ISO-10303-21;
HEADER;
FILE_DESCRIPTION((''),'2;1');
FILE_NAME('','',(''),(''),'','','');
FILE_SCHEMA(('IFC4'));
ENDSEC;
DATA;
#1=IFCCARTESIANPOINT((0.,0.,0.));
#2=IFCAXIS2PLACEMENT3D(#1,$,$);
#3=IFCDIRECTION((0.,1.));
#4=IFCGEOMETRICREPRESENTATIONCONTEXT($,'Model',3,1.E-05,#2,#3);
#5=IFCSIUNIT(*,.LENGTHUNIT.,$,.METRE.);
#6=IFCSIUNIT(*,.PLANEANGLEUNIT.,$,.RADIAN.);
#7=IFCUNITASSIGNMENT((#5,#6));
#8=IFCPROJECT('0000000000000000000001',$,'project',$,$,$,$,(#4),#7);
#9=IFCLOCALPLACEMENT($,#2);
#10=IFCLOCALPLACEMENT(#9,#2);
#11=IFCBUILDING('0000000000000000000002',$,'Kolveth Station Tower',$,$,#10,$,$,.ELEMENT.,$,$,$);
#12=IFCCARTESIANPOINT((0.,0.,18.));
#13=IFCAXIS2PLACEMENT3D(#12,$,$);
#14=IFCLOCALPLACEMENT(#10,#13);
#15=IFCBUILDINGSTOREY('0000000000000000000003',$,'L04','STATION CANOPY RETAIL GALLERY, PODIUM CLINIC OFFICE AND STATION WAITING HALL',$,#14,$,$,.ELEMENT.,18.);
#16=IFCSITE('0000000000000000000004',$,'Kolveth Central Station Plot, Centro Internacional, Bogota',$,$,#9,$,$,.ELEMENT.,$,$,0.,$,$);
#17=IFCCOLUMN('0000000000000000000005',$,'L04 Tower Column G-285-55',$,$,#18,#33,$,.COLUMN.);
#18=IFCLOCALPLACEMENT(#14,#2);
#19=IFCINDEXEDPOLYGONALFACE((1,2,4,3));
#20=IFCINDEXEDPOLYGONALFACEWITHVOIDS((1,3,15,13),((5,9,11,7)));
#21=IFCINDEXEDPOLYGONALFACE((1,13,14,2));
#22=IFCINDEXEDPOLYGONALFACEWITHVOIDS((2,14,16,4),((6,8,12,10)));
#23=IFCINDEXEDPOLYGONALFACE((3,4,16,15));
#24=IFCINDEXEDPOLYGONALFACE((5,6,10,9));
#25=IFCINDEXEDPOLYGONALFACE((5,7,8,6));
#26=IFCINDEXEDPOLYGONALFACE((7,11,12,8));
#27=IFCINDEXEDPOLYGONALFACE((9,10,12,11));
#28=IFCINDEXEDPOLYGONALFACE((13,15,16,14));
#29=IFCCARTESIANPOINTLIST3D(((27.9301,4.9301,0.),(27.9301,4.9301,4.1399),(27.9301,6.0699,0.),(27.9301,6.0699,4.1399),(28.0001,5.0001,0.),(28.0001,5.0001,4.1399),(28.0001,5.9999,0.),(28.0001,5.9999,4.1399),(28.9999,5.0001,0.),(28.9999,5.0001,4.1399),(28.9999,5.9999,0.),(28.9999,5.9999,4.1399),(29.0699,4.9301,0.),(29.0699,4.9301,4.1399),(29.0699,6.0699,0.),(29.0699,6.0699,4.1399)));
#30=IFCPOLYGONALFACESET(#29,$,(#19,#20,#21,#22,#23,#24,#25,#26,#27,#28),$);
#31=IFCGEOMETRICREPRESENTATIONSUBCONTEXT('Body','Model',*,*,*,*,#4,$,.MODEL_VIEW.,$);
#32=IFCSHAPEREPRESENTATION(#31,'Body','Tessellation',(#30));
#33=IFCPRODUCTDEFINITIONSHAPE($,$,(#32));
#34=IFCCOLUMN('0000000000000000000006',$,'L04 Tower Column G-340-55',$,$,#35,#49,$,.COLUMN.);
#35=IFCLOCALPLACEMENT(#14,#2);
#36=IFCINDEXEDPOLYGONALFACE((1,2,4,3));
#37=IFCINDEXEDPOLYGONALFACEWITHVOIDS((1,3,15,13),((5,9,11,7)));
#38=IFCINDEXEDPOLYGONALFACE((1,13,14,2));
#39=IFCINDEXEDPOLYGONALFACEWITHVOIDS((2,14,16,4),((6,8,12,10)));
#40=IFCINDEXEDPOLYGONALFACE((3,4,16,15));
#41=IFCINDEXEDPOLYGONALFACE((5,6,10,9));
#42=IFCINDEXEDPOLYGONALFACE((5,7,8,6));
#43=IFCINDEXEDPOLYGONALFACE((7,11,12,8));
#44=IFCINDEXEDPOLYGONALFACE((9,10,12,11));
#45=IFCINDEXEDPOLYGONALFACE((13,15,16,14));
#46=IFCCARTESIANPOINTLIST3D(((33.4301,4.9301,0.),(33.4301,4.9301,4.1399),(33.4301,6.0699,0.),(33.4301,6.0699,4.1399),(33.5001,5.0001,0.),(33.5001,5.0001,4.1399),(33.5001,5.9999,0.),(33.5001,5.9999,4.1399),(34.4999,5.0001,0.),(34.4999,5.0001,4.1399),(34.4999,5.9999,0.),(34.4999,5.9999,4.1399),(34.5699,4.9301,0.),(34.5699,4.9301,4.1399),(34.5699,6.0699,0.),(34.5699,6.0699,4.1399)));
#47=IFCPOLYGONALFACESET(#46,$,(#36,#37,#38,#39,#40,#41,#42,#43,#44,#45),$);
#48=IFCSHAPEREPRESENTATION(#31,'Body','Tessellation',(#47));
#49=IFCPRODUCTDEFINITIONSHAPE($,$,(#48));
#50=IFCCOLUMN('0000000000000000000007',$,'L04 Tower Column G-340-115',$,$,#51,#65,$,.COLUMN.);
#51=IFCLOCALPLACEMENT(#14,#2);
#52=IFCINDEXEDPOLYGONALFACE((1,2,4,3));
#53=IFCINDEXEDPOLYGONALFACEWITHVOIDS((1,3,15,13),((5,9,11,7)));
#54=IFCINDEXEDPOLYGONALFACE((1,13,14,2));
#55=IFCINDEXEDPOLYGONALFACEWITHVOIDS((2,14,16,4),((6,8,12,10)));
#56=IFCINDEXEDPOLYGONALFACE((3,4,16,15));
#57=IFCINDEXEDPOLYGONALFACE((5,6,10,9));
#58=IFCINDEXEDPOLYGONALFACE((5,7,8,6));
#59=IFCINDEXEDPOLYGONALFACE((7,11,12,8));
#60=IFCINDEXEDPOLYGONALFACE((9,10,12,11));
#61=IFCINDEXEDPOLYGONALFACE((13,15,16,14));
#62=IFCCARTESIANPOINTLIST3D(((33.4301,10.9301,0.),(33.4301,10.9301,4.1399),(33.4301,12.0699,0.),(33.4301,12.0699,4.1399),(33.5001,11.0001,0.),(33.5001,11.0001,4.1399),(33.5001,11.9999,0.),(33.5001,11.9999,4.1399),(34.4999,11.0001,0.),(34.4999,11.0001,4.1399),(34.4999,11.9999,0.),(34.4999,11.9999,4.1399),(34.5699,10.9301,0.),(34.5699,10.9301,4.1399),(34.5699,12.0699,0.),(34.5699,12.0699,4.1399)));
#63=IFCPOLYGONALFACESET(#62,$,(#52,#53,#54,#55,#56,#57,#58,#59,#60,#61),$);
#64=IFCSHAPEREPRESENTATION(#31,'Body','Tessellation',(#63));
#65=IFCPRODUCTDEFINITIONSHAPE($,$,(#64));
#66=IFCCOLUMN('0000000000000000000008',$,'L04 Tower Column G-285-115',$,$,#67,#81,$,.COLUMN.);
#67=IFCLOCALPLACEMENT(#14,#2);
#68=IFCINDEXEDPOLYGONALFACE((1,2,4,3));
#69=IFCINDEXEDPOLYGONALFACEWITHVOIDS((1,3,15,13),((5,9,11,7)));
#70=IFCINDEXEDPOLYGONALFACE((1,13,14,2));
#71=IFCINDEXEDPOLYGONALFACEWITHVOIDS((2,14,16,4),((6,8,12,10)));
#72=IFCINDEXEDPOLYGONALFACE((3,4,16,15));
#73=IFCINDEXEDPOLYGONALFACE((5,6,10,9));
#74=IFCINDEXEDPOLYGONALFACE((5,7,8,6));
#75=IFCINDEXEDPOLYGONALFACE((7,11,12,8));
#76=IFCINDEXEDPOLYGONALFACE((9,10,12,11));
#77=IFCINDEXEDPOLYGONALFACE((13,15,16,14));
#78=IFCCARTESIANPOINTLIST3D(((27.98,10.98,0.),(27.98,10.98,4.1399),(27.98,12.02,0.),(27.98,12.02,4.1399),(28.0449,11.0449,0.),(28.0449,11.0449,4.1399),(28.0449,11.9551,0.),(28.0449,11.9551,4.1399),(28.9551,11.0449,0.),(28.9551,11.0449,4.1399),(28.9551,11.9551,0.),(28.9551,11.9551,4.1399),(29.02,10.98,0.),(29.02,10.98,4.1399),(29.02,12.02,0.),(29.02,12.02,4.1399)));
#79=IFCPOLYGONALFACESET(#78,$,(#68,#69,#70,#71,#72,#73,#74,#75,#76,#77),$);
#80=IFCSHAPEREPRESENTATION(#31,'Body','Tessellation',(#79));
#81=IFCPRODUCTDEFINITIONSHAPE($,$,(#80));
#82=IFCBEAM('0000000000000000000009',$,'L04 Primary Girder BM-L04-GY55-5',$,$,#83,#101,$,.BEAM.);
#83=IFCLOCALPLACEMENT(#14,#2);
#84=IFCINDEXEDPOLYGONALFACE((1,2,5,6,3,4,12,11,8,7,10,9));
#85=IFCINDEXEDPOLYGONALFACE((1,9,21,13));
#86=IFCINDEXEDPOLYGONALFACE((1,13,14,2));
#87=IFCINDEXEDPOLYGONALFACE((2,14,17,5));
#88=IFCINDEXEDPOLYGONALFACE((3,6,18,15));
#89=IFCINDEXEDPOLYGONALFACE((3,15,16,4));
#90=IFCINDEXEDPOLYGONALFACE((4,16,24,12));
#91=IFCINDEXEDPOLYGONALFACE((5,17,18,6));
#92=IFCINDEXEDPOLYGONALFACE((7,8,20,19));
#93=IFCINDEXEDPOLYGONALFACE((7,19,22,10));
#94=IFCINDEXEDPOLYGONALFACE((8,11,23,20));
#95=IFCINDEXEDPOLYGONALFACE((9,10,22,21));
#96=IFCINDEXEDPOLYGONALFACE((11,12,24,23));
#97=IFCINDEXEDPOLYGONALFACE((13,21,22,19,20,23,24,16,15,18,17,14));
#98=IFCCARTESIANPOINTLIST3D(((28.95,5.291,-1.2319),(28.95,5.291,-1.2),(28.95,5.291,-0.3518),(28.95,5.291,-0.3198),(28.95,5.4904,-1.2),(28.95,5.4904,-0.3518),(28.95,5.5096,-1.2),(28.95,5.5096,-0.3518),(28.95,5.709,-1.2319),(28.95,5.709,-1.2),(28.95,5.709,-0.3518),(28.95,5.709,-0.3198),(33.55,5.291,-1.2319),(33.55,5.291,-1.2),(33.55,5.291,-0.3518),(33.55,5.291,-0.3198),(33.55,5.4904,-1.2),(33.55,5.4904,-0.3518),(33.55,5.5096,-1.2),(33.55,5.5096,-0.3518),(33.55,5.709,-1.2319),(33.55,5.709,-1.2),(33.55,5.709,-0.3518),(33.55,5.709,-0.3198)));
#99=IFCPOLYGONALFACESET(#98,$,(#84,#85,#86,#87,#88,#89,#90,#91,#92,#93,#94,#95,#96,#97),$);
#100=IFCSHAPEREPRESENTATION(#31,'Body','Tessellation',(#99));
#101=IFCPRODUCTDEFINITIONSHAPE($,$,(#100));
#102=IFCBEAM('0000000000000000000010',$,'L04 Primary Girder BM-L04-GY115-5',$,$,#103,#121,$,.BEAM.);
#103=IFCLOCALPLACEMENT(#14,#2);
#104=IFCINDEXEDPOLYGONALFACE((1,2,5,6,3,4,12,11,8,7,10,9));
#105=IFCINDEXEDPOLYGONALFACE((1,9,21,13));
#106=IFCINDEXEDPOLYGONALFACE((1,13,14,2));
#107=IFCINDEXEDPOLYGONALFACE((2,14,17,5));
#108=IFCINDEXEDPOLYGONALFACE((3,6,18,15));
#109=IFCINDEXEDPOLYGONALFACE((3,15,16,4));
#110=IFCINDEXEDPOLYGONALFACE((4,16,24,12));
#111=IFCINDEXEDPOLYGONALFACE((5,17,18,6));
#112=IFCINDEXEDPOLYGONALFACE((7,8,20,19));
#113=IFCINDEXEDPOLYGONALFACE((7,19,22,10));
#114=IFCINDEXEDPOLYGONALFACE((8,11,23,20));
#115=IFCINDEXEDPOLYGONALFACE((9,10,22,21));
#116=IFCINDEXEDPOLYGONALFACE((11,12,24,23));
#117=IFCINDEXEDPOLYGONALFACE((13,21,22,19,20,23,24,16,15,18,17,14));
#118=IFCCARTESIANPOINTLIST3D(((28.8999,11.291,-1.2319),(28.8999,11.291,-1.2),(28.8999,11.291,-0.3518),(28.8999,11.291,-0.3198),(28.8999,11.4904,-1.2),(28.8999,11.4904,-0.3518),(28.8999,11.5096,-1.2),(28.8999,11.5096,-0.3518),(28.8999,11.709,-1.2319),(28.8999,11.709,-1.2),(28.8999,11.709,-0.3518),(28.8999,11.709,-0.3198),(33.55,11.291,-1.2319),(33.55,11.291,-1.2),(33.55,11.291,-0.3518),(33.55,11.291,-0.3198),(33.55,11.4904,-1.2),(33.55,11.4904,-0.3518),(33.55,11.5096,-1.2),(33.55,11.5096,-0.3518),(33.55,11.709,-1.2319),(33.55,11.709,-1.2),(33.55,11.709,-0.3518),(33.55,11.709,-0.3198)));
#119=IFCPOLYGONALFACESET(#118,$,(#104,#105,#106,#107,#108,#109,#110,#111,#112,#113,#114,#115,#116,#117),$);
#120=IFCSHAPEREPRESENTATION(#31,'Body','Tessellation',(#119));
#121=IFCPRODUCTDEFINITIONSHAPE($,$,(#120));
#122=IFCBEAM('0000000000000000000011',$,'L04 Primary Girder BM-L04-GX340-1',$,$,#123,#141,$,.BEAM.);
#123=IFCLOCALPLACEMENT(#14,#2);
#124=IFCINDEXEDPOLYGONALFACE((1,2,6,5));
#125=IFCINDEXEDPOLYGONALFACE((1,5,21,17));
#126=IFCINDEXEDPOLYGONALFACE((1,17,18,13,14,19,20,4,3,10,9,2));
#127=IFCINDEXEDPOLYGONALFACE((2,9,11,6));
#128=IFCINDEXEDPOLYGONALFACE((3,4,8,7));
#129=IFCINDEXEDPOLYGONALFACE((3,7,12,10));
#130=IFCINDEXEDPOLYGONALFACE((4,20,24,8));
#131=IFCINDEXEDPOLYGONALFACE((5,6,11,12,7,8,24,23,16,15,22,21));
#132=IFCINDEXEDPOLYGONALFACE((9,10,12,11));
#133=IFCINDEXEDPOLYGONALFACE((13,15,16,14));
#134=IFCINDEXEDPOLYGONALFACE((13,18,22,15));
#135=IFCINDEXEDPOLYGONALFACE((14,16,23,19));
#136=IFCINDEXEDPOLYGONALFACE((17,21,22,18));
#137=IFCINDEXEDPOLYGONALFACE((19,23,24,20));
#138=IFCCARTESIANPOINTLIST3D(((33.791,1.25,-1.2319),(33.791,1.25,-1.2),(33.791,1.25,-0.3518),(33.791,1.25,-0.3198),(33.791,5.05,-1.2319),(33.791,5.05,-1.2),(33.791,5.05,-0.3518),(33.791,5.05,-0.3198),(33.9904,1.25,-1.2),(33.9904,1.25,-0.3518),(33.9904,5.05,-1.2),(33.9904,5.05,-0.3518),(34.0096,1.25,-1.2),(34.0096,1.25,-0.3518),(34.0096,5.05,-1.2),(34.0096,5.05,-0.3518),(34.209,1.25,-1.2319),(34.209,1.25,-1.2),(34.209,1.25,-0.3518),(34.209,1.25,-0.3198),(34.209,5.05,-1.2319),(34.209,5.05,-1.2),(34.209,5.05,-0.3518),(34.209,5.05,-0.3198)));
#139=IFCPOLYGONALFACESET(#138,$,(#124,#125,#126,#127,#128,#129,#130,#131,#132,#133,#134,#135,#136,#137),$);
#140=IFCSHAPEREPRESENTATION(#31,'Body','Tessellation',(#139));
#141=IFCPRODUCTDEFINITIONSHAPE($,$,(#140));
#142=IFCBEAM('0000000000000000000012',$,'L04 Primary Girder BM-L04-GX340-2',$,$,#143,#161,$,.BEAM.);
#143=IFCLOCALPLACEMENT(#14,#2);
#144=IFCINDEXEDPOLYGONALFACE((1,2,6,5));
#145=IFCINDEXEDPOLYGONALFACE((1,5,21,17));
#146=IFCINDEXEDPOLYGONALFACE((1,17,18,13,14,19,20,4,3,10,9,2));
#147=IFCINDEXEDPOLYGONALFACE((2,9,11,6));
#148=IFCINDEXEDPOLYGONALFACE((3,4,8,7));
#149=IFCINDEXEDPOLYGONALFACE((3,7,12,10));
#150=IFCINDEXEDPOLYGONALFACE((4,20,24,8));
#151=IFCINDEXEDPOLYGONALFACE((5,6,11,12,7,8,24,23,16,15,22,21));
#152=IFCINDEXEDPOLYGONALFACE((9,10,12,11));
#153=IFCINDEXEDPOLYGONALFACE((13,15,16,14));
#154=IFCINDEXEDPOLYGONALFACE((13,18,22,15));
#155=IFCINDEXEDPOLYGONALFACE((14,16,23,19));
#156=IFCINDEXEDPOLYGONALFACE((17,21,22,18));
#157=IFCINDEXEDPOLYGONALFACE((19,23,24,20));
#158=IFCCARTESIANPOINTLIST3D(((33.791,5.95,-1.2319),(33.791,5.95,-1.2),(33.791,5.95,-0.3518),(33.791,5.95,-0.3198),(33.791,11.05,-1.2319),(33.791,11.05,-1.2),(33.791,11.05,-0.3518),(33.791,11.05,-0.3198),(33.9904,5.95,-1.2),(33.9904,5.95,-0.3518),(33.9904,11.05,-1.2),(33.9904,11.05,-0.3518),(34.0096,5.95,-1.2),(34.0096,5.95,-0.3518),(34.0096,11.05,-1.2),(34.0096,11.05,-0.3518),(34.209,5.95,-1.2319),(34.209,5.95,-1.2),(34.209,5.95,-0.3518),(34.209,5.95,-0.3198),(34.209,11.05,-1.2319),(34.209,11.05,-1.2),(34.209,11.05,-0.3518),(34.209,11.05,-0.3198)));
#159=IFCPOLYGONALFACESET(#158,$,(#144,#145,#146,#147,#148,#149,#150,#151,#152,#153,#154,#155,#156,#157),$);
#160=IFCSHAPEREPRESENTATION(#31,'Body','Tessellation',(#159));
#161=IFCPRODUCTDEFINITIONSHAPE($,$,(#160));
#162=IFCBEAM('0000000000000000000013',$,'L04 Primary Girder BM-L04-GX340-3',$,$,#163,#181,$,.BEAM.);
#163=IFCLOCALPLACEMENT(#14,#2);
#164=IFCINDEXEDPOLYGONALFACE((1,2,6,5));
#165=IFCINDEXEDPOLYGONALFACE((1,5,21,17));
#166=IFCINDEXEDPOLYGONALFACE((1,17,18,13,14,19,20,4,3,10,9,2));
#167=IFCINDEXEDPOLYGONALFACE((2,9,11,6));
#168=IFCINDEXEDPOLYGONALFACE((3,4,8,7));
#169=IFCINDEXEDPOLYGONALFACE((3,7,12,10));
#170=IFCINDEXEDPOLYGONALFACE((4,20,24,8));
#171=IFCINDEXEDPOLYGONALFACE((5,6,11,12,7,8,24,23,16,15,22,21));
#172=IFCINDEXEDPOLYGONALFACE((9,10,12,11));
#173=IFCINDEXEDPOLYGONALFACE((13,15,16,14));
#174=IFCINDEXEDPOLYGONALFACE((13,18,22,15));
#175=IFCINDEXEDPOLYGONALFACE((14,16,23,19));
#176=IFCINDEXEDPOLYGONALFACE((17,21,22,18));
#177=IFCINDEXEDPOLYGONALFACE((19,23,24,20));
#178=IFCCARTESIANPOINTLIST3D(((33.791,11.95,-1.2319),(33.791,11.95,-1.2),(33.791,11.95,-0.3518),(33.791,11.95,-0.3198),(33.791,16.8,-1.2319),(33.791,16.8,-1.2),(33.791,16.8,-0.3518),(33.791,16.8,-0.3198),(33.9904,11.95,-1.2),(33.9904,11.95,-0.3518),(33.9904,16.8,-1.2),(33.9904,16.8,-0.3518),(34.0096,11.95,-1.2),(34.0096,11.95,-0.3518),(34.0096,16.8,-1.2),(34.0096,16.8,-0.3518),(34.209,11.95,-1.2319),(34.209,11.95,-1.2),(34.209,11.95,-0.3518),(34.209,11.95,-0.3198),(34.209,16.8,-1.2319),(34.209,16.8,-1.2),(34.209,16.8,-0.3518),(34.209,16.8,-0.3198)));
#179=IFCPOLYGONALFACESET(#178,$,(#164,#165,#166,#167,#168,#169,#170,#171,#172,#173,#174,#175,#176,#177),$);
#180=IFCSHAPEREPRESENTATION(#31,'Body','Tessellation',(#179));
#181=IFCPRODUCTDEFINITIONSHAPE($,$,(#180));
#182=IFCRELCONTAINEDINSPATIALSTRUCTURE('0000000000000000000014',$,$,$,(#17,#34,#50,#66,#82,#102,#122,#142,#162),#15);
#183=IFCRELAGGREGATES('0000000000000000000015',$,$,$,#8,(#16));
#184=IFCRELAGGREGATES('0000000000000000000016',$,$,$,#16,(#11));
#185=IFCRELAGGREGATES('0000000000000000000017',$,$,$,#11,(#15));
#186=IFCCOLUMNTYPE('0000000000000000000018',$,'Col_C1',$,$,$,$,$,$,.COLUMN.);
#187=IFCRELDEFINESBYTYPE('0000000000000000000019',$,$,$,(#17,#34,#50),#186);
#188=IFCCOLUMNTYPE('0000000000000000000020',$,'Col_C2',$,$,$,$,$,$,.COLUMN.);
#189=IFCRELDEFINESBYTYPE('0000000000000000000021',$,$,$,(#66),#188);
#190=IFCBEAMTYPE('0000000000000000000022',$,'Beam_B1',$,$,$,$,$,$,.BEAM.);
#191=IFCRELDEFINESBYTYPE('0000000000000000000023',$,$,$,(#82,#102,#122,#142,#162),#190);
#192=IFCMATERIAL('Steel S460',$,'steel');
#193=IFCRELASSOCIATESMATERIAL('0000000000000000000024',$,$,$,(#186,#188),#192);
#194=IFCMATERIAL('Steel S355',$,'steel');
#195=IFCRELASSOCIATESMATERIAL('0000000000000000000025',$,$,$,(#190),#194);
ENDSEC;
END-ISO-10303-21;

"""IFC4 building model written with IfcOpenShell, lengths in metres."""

from ifc_helpers import new_model, si_unit, direction, frame, origin, origin_2d, place, context, subcontext, project, spatial, hollow_rectangle, i_section, extrude, source, transform, mapped, material, material_profile, profile_set, type_object, element, save


model = new_model("IFC4")

# Units and contexts
model_context = context("Model", 3, precision=1e-05, world=origin(), true_north=direction((0.0, 1.0)))
body_context = subcontext(model_context, "Body", "Model", "MODEL_VIEW")
ifc_project = project(units=[si_unit("LENGTHUNIT", "METRE"), si_unit("PLANEANGLEUNIT", "RADIAN")], contexts=[model_context])

# Site, building, storey
site_placement = place(None, origin())
site = spatial("IfcSite", under=ifc_project, at=site_placement, Name="Kolveth Central Station Plot, Centro Internacional, Bogota", CompositionType="ELEMENT", RefElevation=0.0)
building_placement = place(site_placement, origin())
building = spatial("IfcBuilding", under=site, at=building_placement, Name="Kolveth Station Tower", CompositionType="ELEMENT")
storey_placement = place(building_placement, frame((0.0, 0.0, 18.0)))
storey = spatial("IfcBuildingStorey", under=building, at=storey_placement, Name="L04", Description="STATION CANOPY RETAIL GALLERY, PODIUM CLINIC OFFICE AND STATION WAITING HALL", CompositionType="ELEMENT", Elevation=18.0)

# Columns
ifc_material_1 = material(Name="Steel S460", Category="steel")
ifc_material_profile_1 = material_profile(ifc_material_1, hollow_rectangle(XDim=1.1399, YDim=1.1399, WallThickness=0.0701, at=origin_2d()), Name="BOX1140x1140x70")
ifc_profile_set_1 = profile_set([ifc_material_profile_1], Name="Steel S460")
column_type_1 = type_object("IfcColumnType", Name="Col_C1", PredefinedType="COLUMN", material=ifc_profile_set_1)
shared_shape_1 = source(origin(), body_context, "Body", "SweptSolid", [
    extrude(hollow_rectangle(XDim=1.1399, YDim=1.1399, WallThickness=0.0701, at=origin_2d()), origin(), (0.0, 0.0, 1.0), 4.1399),
])
for number, where, z_axis, x_axis, name in (
    (1, (28.5, 5.5, 0.0), (0.0, 0.0, 1.0), (1.0, 0.0, 0.0), "L04 Tower Column G-285-55"),
    (2, (34.0, 5.5, 0.0), (0.0, 0.0, 1.0), (1.0, 0.0, 0.0), "L04 Tower Column G-340-55"),
    (3, (34.0, 11.5, 0.0), (0.0, 0.0, 1.0), (1.0, 0.0, 0.0), "L04 Tower Column G-340-115"),
):
    element("IfcColumn", number, at=place(storey_placement, frame(where, z_axis=z_axis, x_axis=x_axis)), inside=storey, type_object=column_type_1, Name=name, PredefinedType="COLUMN", context=body_context, shape_type="MappedRepresentation", body=[
        mapped(shared_shape_1, transform((0.0, 0.0, 0.0), x_axis=(1.0, 0.0, 0.0), y_axis=(0.0, 1.0, 0.0), z_axis=(0.0, 0.0, 1.0), scale=1.0)),
    ])
ifc_material_profile_2 = material_profile(ifc_material_1, hollow_rectangle(XDim=1.04, YDim=1.04, WallThickness=0.0649, at=origin_2d()), Name="BOX1040x1040x65")
ifc_profile_set_2 = profile_set([ifc_material_profile_2], Name="Steel S460")
column_type_2 = type_object("IfcColumnType", Name="Col_C2", PredefinedType="COLUMN", material=ifc_profile_set_2)
shared_shape_2 = source(origin(), body_context, "Body", "SweptSolid", [
    extrude(hollow_rectangle(XDim=1.04, YDim=1.04, WallThickness=0.0649, at=origin_2d()), origin(), (0.0, 0.0, 1.0), 4.1399),
])
column_placement = place(storey_placement, frame((28.5, 11.5, 0.0), z_axis=(0.0, 0.0, 1.0), x_axis=(1.0, 0.0, 0.0)))
element("IfcColumn", 4, at=column_placement, inside=storey, type_object=column_type_2, Name="L04 Tower Column G-285-115", PredefinedType="COLUMN", context=body_context, shape_type="MappedRepresentation", body=[
    mapped(shared_shape_2, transform((0.0, 0.0, 0.0), x_axis=(1.0, 0.0, 0.0), y_axis=(0.0, 1.0, 0.0), z_axis=(0.0, 0.0, 1.0), scale=1.0)),
])

# Beams
ifc_material_2 = material(Name="Steel S355", Category="steel")
ifc_material_profile_3 = material_profile(ifc_material_2, i_section(OverallWidth=0.418, OverallDepth=0.9121, WebThickness=0.0193, FlangeThickness=0.032, at=origin_2d()), Name="W920x342")
ifc_profile_set_3 = profile_set([ifc_material_profile_3], Name="Steel S355")
beam_type_1 = type_object("IfcBeamType", Name="Beam_B1", PredefinedType="BEAM", material=ifc_profile_set_3)
shared_shape_3 = source(origin(), body_context, "Body", "SweptSolid", [
    extrude(i_section(OverallWidth=0.418, OverallDepth=0.9121, WebThickness=0.0193, FlangeThickness=0.032, at=origin_2d()), origin(), (0.0, 0.0, 1.0), 4.6001),
])
beam_1_placement = place(storey_placement, frame((28.95, 5.5, -0.7759), z_axis=(1.0, 0.0, 0.0), x_axis=(0.0, 1.0, 0.0)))
element("IfcBeam", 5, at=beam_1_placement, inside=storey, type_object=beam_type_1, Name="L04 Primary Girder BM-L04-GY55-5", PredefinedType="BEAM", context=body_context, shape_type="MappedRepresentation", body=[
    mapped(shared_shape_3, transform((0.0, 0.0, 0.0), x_axis=(1.0, 0.0, 0.0), y_axis=(0.0, 1.0, 0.0), z_axis=(0.0, 0.0, 1.0), scale=1.0)),
])
shared_shape_4 = source(origin(), body_context, "Body", "SweptSolid", [
    extrude(i_section(OverallWidth=0.418, OverallDepth=0.9121, WebThickness=0.0193, FlangeThickness=0.032, at=origin_2d()), origin(), (0.0, 0.0, 1.0), 4.6501),
])
beam_2_placement = place(storey_placement, frame((28.8999, 11.5, -0.7759), z_axis=(1.0, 0.0, 0.0), x_axis=(0.0, 1.0, 0.0)))
element("IfcBeam", 6, at=beam_2_placement, inside=storey, type_object=beam_type_1, Name="L04 Primary Girder BM-L04-GY115-5", PredefinedType="BEAM", context=body_context, shape_type="MappedRepresentation", body=[
    mapped(shared_shape_4, transform((0.0, 0.0, 0.0), x_axis=(1.0, 0.0, 0.0), y_axis=(0.0, 1.0, 0.0), z_axis=(0.0, 0.0, 1.0), scale=1.0)),
])
shared_shape_5 = source(origin(), body_context, "Body", "SweptSolid", [
    extrude(i_section(OverallWidth=0.418, OverallDepth=0.9121, WebThickness=0.0193, FlangeThickness=0.032, at=origin_2d()), origin(), (0.0, 0.0, 1.0), 3.8),
])
beam_3_placement = place(storey_placement, frame((34.0, 1.25, -0.7759), z_axis=(0.0, 1.0, 0.0), x_axis=(-1.0, 0.0, 0.0)))
element("IfcBeam", 7, at=beam_3_placement, inside=storey, type_object=beam_type_1, Name="L04 Primary Girder BM-L04-GX340-1", PredefinedType="BEAM", context=body_context, shape_type="MappedRepresentation", body=[
    mapped(shared_shape_5, transform((0.0, 0.0, 0.0), x_axis=(1.0, 0.0, 0.0), y_axis=(0.0, 1.0, 0.0), z_axis=(0.0, 0.0, 1.0), scale=1.0)),
])
shared_shape_6 = source(origin(), body_context, "Body", "SweptSolid", [
    extrude(i_section(OverallWidth=0.418, OverallDepth=0.9121, WebThickness=0.0193, FlangeThickness=0.032, at=origin_2d()), origin(), (0.0, 0.0, 1.0), 5.1001),
])
beam_4_placement = place(storey_placement, frame((34.0, 5.95, -0.7759), z_axis=(0.0, 1.0, 0.0), x_axis=(-1.0, 0.0, 0.0)))
element("IfcBeam", 8, at=beam_4_placement, inside=storey, type_object=beam_type_1, Name="L04 Primary Girder BM-L04-GX340-2", PredefinedType="BEAM", context=body_context, shape_type="MappedRepresentation", body=[
    mapped(shared_shape_6, transform((0.0, 0.0, 0.0), x_axis=(1.0, 0.0, 0.0), y_axis=(0.0, 1.0, 0.0), z_axis=(0.0, 0.0, 1.0), scale=1.0)),
])
shared_shape_7 = source(origin(), body_context, "Body", "SweptSolid", [
    extrude(i_section(OverallWidth=0.418, OverallDepth=0.9121, WebThickness=0.0193, FlangeThickness=0.032, at=origin_2d()), origin(), (0.0, 0.0, 1.0), 4.8501),
])
beam_5_placement = place(storey_placement, frame((34.0, 11.95, -0.7759), z_axis=(0.0, 1.0, 0.0), x_axis=(-1.0, 0.0, 0.0)))
element("IfcBeam", 9, at=beam_5_placement, inside=storey, type_object=beam_type_1, Name="L04 Primary Girder BM-L04-GX340-3", PredefinedType="BEAM", context=body_context, shape_type="MappedRepresentation", body=[
    mapped(shared_shape_7, transform((0.0, 0.0, 0.0), x_axis=(1.0, 0.0, 0.0), y_axis=(0.0, 1.0, 0.0), z_axis=(0.0, 0.0, 1.0), scale=1.0)),
])

save(model, "model.ifc")
